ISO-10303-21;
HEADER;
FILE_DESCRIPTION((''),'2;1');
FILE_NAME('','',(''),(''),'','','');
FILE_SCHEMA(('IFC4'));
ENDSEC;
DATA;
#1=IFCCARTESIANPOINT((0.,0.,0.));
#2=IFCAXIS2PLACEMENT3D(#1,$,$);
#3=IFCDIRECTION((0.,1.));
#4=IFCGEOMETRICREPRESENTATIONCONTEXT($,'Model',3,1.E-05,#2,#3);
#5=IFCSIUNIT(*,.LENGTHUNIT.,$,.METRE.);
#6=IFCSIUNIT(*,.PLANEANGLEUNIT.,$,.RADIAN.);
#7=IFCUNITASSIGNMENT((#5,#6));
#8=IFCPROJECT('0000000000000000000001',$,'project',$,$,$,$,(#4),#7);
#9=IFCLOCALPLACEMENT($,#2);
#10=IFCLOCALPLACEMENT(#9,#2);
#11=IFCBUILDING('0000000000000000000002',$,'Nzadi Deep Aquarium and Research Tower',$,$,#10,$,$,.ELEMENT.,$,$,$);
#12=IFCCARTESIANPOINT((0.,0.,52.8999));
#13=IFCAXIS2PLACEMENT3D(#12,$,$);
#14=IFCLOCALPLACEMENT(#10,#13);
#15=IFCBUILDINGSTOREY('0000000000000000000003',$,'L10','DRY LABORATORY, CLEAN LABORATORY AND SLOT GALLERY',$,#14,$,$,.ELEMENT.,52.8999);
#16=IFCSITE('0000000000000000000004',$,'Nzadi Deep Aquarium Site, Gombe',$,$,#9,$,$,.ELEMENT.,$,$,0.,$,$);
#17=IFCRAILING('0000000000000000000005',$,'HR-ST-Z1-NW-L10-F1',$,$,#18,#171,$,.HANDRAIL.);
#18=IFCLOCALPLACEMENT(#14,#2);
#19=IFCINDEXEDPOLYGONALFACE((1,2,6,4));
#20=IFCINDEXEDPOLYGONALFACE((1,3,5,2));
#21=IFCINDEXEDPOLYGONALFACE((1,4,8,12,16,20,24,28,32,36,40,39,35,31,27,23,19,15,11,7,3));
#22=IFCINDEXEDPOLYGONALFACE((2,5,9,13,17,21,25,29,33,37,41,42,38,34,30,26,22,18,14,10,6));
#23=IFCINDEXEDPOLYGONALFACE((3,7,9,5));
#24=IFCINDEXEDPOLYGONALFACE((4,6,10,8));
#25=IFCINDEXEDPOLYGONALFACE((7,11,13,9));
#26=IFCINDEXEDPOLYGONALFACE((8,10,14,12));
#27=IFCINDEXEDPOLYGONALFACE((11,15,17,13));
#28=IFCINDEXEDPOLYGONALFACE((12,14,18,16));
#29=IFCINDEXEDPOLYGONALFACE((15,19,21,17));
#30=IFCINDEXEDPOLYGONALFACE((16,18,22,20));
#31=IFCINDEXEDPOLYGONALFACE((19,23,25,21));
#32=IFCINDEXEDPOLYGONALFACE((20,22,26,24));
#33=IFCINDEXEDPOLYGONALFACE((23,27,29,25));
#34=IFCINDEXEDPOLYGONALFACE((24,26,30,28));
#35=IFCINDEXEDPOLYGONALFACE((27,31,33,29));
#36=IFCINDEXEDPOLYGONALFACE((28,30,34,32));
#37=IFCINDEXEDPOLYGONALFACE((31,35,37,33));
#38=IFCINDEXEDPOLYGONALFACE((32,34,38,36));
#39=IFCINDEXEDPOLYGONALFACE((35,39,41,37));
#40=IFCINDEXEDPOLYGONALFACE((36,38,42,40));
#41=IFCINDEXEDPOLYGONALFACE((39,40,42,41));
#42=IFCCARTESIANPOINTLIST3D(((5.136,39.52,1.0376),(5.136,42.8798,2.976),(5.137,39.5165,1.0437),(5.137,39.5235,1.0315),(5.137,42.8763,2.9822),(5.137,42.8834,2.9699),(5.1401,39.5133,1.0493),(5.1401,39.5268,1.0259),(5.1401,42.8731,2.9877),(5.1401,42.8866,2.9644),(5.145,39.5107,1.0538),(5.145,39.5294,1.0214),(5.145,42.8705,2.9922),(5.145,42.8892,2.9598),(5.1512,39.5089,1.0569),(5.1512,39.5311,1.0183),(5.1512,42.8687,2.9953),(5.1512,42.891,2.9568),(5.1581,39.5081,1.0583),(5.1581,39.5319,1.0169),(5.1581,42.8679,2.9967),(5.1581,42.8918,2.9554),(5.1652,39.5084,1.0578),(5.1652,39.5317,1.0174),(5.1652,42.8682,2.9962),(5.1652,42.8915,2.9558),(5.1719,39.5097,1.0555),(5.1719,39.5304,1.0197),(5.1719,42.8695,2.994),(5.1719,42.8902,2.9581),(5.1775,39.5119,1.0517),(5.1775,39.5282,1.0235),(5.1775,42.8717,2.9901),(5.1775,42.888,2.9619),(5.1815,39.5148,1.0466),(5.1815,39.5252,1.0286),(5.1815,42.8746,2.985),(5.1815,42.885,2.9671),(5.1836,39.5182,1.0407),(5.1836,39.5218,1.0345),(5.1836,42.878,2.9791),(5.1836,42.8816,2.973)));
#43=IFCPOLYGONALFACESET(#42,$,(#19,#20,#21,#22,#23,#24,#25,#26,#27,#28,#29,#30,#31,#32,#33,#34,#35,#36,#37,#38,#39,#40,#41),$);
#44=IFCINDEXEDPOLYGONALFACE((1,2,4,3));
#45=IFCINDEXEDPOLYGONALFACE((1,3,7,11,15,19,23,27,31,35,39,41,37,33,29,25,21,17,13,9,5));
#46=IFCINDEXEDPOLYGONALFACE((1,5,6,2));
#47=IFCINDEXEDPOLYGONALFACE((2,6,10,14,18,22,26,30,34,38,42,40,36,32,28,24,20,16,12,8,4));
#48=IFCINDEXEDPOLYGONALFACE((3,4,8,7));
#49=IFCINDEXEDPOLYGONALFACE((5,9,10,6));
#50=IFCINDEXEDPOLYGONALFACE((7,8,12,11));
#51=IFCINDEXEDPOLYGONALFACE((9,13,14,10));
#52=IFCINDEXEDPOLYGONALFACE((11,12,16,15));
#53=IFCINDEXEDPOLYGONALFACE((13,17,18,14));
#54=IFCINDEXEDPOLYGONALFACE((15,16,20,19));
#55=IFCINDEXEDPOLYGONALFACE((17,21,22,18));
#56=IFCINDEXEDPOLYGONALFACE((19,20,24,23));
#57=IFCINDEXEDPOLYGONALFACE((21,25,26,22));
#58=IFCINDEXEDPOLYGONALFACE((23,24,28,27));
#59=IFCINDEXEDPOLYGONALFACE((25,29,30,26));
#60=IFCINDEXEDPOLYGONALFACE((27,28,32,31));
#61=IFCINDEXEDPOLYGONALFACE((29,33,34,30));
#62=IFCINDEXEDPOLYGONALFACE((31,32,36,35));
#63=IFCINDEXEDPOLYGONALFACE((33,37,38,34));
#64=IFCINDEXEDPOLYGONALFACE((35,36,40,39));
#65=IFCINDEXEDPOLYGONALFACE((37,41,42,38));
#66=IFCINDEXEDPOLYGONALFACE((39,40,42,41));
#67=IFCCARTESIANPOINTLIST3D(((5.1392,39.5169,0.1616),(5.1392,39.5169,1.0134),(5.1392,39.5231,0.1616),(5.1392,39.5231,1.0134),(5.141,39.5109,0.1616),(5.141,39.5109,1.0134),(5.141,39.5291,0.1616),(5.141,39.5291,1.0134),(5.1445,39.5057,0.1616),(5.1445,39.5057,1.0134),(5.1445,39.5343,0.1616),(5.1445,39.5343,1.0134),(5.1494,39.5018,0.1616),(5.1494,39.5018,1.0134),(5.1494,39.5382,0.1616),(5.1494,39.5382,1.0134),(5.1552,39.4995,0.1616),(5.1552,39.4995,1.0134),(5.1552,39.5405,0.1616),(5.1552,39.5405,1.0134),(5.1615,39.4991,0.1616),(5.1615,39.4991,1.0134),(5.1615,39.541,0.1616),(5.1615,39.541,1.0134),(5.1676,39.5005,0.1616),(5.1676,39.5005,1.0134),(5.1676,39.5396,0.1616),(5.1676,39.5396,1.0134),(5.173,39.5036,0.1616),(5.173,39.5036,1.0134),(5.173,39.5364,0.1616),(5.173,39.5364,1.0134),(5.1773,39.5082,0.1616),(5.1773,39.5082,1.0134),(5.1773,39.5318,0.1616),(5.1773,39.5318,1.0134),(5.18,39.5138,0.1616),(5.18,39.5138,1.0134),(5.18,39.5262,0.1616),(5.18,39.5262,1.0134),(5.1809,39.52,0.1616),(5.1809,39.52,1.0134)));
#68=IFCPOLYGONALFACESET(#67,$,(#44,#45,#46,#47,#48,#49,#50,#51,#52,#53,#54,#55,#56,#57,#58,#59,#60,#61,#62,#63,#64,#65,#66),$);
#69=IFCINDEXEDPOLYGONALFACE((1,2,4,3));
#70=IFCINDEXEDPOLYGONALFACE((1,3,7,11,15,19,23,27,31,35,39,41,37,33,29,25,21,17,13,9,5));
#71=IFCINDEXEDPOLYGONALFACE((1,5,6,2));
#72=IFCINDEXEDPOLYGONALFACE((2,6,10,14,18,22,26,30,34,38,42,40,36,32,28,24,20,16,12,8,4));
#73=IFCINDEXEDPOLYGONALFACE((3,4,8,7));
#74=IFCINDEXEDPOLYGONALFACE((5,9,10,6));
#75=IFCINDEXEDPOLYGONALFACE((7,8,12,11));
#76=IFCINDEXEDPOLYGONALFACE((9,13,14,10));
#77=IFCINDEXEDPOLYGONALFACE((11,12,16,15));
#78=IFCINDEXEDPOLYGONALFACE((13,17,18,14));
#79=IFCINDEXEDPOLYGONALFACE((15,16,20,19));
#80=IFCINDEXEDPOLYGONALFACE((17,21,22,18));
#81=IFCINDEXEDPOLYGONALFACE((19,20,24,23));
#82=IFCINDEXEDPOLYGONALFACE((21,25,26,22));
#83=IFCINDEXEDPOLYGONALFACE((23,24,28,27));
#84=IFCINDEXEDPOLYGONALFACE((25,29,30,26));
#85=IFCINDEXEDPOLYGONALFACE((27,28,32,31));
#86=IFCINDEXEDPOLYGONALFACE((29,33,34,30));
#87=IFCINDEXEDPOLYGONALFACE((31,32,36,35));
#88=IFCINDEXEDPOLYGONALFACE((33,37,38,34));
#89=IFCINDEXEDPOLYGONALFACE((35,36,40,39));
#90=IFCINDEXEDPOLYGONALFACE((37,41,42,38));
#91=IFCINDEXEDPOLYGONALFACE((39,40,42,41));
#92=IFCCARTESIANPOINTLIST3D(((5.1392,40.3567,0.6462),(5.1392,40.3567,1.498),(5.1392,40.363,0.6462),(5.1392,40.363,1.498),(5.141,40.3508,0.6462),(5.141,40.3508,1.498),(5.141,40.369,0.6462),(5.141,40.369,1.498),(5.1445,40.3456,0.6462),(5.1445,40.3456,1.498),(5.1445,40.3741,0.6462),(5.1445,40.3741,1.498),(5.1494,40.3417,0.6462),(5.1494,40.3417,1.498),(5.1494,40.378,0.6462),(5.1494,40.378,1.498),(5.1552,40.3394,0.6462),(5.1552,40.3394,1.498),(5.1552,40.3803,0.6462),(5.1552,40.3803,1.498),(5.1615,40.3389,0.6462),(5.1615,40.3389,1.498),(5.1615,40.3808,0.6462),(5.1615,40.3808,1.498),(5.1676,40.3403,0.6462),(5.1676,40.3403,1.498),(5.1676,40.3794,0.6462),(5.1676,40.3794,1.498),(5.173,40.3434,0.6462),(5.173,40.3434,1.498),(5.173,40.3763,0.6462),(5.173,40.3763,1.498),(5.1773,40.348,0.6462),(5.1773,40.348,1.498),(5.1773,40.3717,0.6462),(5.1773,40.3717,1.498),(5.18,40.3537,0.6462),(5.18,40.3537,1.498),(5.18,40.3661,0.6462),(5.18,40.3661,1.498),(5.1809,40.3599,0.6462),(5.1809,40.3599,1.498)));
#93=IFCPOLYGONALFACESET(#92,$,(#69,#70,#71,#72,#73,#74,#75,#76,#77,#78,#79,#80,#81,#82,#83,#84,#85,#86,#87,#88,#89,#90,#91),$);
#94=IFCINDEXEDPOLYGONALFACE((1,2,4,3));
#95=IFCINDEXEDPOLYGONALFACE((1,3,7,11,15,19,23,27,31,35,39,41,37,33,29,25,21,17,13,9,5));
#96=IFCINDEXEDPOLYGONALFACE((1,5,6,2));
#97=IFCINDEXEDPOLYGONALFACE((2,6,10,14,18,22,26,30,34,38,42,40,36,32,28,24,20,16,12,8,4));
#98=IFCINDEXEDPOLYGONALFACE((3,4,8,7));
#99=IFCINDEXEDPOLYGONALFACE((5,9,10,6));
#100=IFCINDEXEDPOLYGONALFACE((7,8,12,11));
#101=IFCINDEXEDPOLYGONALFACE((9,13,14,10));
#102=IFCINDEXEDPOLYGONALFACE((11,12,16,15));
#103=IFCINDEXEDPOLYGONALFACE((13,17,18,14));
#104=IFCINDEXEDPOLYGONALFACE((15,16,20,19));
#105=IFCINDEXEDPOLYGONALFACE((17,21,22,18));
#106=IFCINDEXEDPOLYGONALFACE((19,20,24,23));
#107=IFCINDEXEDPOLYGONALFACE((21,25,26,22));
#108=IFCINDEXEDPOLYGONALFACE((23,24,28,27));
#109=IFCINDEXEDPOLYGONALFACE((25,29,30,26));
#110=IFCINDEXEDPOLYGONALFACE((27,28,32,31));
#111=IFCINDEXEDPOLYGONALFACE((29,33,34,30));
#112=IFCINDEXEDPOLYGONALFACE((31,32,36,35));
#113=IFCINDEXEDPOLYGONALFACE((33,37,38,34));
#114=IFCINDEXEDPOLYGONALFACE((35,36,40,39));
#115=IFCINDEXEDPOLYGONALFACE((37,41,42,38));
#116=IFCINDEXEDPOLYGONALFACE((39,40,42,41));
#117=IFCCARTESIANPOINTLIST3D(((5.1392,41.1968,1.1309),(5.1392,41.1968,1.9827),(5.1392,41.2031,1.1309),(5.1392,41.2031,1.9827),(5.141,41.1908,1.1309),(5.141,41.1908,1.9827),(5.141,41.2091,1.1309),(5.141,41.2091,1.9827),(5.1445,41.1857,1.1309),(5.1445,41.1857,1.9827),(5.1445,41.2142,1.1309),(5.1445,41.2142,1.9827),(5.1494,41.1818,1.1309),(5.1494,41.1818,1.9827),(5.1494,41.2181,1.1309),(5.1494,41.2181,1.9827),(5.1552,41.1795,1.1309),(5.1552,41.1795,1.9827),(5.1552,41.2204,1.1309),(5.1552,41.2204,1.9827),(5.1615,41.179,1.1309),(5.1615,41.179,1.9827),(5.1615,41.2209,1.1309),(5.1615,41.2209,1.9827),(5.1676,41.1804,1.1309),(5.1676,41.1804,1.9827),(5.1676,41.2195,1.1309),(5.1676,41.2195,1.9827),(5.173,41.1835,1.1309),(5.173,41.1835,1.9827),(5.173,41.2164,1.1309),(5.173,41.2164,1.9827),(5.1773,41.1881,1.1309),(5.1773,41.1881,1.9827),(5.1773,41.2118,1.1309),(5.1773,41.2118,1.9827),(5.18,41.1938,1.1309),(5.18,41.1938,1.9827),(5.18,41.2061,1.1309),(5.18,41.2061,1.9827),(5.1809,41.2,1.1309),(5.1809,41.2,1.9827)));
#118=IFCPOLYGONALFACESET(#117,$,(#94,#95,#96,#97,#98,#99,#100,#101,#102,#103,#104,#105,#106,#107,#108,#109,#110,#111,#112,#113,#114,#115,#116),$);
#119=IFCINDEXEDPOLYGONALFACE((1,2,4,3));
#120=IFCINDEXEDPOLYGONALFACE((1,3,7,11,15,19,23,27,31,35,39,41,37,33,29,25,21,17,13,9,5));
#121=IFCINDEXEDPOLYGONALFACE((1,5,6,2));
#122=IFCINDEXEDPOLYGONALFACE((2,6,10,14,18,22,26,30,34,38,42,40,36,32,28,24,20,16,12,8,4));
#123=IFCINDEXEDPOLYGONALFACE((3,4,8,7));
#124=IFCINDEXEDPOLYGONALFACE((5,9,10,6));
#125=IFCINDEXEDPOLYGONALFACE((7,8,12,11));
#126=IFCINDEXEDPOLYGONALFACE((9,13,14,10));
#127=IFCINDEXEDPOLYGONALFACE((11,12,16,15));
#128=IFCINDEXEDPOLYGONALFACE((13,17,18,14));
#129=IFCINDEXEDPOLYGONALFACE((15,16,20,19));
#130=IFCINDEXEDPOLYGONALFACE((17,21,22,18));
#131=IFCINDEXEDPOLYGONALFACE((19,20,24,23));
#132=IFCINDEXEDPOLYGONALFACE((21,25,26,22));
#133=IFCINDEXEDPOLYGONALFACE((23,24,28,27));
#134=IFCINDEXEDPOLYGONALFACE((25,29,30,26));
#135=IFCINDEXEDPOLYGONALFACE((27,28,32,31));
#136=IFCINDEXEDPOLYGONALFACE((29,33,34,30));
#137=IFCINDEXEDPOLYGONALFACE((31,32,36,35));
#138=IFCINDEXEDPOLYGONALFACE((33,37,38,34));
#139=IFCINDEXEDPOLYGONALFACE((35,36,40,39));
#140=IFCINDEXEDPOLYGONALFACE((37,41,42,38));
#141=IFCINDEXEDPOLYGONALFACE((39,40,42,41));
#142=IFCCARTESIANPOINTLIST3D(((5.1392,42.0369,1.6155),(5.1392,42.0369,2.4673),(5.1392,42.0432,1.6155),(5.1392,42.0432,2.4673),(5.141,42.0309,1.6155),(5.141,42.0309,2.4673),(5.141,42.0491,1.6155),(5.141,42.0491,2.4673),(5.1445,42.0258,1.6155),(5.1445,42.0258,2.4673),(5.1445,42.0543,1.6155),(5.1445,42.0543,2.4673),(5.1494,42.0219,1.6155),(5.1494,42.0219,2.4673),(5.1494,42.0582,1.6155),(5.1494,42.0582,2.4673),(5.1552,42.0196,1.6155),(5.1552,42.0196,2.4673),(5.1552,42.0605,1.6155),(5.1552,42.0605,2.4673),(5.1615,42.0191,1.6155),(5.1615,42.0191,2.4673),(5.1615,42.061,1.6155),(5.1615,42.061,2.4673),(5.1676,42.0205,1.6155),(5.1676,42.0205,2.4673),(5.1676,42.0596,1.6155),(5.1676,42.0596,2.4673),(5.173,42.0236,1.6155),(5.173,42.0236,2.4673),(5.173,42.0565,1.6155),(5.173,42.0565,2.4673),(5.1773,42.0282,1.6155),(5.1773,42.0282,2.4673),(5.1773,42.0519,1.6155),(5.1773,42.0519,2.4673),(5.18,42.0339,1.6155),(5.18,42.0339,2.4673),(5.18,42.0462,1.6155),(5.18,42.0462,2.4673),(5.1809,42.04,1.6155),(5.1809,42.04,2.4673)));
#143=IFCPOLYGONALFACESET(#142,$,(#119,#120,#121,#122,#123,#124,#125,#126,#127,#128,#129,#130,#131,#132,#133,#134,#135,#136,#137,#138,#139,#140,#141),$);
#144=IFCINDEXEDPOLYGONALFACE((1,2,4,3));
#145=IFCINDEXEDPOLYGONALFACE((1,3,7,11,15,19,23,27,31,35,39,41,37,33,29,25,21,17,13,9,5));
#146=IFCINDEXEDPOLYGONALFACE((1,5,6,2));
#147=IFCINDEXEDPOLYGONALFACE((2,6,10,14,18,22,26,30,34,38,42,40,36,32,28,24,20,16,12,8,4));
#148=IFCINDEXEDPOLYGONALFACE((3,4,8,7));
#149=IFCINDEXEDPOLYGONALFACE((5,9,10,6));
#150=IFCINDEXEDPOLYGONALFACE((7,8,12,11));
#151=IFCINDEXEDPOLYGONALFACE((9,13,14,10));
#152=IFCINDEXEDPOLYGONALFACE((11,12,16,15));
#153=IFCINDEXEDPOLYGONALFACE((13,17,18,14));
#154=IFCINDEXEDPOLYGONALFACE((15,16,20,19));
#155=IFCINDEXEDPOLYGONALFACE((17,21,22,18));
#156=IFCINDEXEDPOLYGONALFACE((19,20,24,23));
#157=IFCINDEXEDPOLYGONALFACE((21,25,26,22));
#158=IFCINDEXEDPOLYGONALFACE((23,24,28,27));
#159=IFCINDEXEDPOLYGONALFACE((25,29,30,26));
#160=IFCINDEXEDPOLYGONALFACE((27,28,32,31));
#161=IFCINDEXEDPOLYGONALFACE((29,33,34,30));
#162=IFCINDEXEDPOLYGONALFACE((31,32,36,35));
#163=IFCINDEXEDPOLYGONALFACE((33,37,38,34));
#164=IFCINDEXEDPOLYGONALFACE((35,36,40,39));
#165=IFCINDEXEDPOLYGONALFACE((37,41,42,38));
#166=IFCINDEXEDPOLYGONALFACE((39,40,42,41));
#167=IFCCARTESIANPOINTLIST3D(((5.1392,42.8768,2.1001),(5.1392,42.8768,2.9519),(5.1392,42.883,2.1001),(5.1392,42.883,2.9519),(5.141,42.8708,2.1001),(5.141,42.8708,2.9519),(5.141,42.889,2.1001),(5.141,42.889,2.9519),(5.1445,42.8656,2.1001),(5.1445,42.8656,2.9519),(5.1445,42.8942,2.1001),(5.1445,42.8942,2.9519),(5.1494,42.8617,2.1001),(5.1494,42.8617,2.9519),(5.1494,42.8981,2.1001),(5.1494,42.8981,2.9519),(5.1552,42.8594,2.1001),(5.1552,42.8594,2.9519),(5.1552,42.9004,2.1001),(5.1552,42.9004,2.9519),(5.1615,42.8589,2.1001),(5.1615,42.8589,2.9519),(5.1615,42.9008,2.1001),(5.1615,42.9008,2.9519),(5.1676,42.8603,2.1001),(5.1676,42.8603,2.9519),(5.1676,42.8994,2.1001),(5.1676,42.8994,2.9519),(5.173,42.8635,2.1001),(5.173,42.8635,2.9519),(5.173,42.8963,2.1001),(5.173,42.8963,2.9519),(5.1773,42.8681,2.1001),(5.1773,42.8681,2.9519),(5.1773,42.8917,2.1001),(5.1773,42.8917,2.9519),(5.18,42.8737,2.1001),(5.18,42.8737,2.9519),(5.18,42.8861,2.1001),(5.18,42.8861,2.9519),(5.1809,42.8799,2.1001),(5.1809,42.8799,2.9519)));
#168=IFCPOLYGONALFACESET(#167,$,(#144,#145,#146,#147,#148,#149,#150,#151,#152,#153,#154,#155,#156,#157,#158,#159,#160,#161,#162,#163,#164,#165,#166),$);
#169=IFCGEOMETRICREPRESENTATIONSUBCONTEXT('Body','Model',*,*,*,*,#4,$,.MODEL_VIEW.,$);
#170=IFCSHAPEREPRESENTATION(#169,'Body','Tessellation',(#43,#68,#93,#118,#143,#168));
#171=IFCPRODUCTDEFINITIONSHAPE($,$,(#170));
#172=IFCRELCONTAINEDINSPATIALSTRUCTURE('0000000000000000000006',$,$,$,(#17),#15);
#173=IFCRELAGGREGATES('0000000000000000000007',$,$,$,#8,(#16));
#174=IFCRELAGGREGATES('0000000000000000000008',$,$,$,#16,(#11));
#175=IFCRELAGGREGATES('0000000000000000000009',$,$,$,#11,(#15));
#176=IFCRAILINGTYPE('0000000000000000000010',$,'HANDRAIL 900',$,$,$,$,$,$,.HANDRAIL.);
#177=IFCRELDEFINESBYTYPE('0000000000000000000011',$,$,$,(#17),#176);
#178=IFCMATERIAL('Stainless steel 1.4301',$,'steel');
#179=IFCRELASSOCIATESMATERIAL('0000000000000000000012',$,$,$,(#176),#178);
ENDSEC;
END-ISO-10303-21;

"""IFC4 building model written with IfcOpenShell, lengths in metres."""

from ifc_helpers import new_model, si_unit, direction, frame, origin, origin_2d, place, context, subcontext, project, spatial, circle, extrude, material, type_object, element, save


model = new_model("IFC4")

# Units and contexts
model_context = context("Model", 3, precision=1e-05, world=origin(), true_north=direction((0.0, 1.0)))
body_context = subcontext(model_context, "Body", "Model", "MODEL_VIEW")
ifc_project = project(units=[si_unit("LENGTHUNIT", "METRE"), si_unit("PLANEANGLEUNIT", "RADIAN")], contexts=[model_context])

# Site, building, storey
site_placement = place(None, origin())
site = spatial("IfcSite", under=ifc_project, at=site_placement, Name="Nzadi Deep Aquarium Site, Gombe", CompositionType="ELEMENT", RefElevation=0.0)
building_placement = place(site_placement, origin())
building = spatial("IfcBuilding", under=site, at=building_placement, Name="Nzadi Deep Aquarium and Research Tower", CompositionType="ELEMENT")
storey_placement = place(building_placement, frame((0.0, 0.0, 52.8999)))
storey = spatial("IfcBuildingStorey", under=building, at=storey_placement, Name="L10", Description="DRY LABORATORY, CLEAN LABORATORY AND SLOT GALLERY", CompositionType="ELEMENT", Elevation=52.8999)

# Railing
ifc_material_1 = material(Name="Stainless steel 1.4301", Category="steel")
railing_type = type_object("IfcRailingType", Name="HANDRAIL 900", PredefinedType="HANDRAIL", material=ifc_material_1)
for number, where, name in (
    (1, (5.1599, 39.52, 0.1616), "HR-ST-Z1-NW-L10-F1"),
):
    element("IfcRailing", number, at=place(storey_placement, frame(where)), inside=storey, type_object=railing_type, Name=name, PredefinedType="HANDRAIL", context=body_context, shape_type="SweptSolid", body=[
        extrude(circle(Radius=0.0239, at=origin_2d()), frame((0.0, 0.0, 0.876), z_axis=(0.0, 0.866175, 0.499741), x_axis=(-1.0, 0.0, 0.0)), (0.0, 0.0, 1.0), 3.8789),
        extrude(circle(Radius=0.021, at=origin_2d()), origin(), (0.0, 0.0, 1.0), 0.8518),
        extrude(circle(Radius=0.021, at=origin_2d()), frame((0.0, 0.8398, 0.4846)), (0.0, 0.0, 1.0), 0.8518),
        extrude(circle(Radius=0.021, at=origin_2d()), frame((0.0, 1.6799, 0.9692)), (0.0, 0.0, 1.0), 0.8518),
        extrude(circle(Radius=0.021, at=origin_2d()), frame((0.0, 2.52, 1.4539)), (0.0, 0.0, 1.0), 0.8518),
        extrude(circle(Radius=0.021, at=origin_2d()), frame((0.0, 3.3599, 1.9385)), (0.0, 0.0, 1.0), 0.8518),
    ])

save(model, "model.ifc")
